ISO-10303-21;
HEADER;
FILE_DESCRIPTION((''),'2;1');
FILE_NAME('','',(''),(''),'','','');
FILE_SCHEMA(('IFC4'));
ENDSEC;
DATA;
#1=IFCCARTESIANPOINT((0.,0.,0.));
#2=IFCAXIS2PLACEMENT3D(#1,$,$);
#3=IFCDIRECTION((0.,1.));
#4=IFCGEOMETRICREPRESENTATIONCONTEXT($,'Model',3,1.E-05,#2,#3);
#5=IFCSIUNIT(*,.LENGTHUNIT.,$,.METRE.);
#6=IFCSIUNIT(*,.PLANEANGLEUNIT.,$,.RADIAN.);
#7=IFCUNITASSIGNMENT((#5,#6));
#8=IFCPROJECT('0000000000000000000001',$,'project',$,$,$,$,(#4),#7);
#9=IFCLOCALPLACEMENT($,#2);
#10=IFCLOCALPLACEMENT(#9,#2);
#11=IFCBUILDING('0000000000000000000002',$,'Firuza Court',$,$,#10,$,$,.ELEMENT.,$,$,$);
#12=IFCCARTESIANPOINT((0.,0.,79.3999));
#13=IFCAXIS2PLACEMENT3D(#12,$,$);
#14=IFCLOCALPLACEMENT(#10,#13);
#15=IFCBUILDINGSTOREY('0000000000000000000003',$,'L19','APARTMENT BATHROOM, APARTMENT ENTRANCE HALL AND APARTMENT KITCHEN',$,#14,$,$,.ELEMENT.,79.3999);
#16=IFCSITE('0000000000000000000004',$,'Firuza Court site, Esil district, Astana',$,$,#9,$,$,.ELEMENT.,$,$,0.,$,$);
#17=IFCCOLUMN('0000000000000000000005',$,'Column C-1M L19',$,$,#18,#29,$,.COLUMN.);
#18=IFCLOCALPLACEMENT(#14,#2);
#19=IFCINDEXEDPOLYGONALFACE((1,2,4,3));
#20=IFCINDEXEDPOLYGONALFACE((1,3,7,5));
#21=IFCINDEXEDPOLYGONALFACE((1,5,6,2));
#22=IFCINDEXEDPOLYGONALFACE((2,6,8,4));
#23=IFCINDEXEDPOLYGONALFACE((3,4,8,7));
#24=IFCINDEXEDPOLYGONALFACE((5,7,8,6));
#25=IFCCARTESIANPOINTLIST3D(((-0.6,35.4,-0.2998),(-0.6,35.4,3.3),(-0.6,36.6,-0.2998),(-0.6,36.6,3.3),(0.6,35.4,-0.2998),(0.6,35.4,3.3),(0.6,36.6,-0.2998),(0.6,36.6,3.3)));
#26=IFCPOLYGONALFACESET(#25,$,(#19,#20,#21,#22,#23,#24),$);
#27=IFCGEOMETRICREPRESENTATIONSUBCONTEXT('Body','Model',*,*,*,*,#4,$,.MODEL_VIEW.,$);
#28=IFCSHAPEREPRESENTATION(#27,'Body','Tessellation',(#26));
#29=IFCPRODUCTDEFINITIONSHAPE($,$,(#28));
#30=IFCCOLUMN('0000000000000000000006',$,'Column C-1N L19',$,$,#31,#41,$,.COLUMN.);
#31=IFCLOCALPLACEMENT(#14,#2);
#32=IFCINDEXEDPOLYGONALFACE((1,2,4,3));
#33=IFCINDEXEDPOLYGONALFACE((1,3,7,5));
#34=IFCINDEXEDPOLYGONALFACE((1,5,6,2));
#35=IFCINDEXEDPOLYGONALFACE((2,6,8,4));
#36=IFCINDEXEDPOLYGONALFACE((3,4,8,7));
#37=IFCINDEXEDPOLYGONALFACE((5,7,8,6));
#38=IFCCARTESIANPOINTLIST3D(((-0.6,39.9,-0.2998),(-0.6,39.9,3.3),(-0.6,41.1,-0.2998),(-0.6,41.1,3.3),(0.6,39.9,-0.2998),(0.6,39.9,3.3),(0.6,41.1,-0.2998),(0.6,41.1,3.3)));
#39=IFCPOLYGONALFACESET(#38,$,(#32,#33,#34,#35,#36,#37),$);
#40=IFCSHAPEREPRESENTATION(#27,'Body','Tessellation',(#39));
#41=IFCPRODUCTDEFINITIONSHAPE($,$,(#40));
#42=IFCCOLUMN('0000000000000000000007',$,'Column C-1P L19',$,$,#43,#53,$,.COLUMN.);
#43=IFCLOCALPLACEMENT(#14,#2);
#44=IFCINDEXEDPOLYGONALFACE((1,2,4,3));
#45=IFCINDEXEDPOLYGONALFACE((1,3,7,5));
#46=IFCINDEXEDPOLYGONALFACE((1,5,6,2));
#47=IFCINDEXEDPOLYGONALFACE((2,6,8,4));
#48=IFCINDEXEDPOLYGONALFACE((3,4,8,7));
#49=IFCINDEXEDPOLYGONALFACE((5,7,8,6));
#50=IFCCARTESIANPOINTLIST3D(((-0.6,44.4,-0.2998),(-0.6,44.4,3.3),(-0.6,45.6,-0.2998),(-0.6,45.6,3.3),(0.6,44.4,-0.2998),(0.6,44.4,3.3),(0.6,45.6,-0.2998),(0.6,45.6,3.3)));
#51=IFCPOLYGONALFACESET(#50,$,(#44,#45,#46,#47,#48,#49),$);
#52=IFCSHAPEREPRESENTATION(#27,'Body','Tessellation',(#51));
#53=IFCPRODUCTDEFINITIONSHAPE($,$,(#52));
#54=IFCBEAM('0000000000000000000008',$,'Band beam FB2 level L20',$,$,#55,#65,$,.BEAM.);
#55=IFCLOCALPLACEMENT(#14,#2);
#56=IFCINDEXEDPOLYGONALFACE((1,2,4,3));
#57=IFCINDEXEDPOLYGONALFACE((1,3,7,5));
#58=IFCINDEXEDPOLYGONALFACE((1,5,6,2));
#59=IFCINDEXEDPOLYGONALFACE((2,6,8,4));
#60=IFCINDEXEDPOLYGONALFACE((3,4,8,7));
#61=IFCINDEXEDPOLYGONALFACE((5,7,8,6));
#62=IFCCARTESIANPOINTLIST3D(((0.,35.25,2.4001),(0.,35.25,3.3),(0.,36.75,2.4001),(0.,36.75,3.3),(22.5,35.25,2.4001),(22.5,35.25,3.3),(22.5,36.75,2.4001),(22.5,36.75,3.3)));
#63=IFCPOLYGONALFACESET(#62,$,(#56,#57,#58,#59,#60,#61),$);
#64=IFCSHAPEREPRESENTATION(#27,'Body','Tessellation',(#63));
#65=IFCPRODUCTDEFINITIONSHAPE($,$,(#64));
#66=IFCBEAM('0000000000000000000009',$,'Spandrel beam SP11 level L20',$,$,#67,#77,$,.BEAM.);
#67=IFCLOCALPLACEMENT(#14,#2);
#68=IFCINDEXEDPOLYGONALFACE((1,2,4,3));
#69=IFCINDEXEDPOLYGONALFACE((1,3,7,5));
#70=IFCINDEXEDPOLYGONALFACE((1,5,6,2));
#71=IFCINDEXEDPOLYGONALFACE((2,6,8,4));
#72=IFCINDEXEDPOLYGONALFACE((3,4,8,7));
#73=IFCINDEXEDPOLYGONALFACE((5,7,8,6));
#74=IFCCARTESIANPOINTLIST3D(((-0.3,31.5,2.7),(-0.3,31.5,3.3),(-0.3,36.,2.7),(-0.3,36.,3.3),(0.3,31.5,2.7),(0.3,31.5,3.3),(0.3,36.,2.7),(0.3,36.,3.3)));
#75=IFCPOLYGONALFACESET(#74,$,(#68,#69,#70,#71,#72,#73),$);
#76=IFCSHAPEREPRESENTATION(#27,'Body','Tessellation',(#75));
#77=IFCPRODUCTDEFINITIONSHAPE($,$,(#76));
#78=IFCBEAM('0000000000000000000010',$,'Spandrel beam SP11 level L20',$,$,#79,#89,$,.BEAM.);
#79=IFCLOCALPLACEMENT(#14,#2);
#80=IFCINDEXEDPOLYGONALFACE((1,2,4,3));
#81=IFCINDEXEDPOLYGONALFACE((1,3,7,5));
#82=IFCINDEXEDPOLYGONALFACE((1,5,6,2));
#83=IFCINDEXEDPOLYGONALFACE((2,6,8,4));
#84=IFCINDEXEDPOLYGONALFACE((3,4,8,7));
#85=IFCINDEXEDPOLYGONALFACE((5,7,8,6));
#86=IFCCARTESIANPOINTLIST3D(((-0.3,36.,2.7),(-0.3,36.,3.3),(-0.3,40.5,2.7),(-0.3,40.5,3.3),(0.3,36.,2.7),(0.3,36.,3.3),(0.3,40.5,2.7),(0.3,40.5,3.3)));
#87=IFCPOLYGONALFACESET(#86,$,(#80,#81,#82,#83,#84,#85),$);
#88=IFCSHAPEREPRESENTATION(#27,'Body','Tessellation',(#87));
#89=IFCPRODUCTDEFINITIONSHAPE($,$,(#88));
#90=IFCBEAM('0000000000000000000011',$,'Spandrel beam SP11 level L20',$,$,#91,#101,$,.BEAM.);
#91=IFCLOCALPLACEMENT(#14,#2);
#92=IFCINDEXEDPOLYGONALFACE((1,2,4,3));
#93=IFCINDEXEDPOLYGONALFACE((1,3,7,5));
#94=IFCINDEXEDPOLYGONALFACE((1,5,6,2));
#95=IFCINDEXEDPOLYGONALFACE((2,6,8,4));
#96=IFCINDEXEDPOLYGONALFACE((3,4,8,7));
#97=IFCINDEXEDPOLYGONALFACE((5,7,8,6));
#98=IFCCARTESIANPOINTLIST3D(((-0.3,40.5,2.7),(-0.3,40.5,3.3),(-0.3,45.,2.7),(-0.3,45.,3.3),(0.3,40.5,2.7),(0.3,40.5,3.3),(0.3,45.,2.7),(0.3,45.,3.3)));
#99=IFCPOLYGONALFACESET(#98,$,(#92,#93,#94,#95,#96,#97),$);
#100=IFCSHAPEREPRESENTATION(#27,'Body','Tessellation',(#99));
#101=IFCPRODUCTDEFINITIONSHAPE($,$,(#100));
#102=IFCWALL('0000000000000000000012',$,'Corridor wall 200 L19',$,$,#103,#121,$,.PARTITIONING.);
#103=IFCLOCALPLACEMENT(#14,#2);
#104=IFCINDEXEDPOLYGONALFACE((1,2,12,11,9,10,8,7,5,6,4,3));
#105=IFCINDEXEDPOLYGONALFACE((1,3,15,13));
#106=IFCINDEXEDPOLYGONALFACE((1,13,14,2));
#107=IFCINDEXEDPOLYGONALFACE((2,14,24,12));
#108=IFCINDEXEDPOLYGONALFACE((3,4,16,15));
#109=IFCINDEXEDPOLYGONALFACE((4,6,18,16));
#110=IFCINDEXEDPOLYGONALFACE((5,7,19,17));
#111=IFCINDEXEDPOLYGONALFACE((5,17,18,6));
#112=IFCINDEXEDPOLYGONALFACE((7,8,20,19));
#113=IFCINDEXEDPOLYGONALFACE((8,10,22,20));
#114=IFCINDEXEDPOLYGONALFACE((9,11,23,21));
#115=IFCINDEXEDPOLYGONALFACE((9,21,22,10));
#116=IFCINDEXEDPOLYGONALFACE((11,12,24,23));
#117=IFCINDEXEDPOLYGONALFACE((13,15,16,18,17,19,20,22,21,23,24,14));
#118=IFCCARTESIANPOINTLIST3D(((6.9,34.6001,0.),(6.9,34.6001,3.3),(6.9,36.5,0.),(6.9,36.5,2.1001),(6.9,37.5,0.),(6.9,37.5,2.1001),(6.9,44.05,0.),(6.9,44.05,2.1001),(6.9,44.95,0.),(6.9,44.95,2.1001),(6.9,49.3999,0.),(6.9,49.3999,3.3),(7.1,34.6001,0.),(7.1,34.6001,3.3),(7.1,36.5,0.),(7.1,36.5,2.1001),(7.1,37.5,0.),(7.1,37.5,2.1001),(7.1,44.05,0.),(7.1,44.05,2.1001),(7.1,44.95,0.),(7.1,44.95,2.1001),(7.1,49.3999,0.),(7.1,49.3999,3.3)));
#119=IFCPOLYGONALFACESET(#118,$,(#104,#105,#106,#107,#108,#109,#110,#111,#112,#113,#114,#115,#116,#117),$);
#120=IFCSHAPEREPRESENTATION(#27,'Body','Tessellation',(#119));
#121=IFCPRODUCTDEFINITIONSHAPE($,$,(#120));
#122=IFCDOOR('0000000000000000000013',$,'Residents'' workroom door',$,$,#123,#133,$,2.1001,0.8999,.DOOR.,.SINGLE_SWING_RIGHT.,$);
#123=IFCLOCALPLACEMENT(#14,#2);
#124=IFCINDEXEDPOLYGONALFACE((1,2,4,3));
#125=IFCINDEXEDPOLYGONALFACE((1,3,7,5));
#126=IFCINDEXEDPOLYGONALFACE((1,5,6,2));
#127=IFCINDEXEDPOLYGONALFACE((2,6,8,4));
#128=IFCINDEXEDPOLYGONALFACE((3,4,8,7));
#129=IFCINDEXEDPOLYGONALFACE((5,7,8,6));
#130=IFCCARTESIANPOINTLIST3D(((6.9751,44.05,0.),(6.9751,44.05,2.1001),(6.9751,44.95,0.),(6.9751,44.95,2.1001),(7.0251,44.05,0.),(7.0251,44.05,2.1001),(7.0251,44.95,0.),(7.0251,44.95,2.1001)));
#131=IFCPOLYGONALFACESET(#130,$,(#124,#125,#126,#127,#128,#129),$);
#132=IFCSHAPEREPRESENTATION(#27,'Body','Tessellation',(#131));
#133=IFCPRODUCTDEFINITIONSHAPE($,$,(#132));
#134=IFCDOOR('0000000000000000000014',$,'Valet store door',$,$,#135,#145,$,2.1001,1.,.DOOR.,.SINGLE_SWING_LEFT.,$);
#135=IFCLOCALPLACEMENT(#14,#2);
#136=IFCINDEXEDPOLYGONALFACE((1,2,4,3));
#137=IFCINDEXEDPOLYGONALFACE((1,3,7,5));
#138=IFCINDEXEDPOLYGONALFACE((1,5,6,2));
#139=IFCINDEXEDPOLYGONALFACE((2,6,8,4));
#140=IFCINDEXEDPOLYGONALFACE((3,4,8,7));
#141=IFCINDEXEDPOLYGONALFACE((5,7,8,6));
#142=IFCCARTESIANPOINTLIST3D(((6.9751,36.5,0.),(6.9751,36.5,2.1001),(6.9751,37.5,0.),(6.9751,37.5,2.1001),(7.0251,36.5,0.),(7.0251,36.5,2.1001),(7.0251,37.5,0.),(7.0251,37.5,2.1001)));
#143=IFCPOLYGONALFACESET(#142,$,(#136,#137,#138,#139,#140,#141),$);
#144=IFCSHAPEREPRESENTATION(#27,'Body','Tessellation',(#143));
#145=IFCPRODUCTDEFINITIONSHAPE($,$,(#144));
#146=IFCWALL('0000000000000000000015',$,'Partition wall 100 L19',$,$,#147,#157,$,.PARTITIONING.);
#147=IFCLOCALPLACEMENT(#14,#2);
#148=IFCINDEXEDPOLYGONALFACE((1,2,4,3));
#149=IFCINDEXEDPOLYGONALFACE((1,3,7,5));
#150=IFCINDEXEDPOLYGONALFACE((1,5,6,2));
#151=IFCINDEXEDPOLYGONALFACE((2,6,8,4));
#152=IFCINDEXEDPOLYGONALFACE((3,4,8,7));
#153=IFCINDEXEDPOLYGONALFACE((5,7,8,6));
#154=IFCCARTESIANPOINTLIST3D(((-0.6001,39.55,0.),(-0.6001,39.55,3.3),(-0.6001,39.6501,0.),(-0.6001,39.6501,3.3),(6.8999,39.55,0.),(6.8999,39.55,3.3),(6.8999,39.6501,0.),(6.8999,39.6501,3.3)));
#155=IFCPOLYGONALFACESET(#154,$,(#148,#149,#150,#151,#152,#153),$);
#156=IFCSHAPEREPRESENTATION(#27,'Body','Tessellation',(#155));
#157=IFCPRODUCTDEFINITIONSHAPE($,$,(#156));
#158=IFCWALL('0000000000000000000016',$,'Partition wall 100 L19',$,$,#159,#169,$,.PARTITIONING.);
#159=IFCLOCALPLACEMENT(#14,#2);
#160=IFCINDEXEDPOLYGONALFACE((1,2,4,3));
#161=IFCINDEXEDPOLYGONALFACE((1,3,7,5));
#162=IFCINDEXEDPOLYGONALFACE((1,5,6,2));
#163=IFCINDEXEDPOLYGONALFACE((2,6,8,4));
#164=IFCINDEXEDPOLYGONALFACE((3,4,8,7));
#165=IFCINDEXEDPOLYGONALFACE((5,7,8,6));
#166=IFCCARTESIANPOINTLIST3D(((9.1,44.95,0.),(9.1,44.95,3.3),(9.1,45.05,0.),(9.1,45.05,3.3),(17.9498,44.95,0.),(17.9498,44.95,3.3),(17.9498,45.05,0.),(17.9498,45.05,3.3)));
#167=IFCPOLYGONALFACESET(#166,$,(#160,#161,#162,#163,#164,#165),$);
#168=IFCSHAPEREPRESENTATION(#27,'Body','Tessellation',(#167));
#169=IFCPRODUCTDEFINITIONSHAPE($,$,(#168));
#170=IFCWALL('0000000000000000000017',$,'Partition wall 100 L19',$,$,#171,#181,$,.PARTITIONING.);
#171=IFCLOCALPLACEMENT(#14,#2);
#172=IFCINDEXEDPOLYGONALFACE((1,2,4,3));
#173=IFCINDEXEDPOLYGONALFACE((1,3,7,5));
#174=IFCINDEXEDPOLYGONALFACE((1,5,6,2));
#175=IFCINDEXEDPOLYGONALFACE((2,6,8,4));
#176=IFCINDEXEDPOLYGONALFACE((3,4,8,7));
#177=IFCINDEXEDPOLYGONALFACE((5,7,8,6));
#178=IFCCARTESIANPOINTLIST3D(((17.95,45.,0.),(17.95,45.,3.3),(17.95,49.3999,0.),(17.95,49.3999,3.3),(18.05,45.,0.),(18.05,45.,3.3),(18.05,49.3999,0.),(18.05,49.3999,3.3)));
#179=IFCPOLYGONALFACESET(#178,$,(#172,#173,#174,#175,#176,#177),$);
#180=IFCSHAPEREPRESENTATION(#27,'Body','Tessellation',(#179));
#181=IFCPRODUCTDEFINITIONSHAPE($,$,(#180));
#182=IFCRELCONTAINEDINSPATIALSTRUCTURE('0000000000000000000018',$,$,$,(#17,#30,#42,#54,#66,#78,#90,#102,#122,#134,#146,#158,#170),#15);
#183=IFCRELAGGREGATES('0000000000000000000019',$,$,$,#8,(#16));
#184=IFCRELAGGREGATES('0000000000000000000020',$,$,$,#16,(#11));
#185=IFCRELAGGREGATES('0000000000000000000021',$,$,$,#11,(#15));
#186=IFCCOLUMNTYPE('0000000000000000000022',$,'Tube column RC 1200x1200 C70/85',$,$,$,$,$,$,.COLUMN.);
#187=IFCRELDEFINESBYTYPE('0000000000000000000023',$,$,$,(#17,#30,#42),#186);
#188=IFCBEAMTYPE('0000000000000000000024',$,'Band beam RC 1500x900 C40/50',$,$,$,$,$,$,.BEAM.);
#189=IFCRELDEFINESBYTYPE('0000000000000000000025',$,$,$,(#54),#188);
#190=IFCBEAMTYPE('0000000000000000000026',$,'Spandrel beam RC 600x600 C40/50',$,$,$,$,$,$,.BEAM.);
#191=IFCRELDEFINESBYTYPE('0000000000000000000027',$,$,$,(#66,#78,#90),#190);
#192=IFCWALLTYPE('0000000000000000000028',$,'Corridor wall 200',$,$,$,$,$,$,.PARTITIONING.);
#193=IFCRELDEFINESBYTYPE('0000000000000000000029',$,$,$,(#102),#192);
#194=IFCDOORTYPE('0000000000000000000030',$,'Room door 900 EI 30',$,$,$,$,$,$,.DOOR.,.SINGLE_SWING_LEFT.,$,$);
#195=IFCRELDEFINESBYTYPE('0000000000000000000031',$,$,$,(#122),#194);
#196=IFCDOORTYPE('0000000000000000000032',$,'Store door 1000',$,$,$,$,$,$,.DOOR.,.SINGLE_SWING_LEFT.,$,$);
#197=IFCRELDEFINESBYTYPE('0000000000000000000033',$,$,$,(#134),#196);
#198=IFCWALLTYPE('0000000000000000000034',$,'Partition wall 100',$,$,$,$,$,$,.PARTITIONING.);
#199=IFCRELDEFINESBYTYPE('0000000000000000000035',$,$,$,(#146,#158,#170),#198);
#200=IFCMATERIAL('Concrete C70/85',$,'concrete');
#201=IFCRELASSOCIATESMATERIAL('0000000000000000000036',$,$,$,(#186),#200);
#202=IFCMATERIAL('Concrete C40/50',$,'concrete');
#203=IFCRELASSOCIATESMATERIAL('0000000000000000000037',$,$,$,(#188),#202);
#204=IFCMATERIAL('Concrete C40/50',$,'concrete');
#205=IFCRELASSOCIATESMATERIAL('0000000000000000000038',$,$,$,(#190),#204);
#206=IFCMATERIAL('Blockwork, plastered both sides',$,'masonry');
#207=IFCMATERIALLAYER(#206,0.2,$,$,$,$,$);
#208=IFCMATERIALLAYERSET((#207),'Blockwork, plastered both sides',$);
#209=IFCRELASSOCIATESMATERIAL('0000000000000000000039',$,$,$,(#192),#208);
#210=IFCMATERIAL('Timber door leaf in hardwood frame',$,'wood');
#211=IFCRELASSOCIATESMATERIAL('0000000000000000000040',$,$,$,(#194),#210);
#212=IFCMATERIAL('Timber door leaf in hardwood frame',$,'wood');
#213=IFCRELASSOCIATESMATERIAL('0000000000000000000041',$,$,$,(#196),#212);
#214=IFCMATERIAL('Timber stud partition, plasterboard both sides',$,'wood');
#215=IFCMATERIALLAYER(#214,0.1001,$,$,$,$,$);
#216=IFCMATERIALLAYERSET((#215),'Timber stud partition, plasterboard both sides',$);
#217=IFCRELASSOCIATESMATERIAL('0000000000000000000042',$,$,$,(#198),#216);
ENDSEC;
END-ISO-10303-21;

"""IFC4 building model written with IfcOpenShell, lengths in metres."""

from ifc_helpers import new_model, si_unit, direction, frame, frame_2d, origin, origin_2d, place, context, subcontext, project, spatial, rectangle, extrude, material, layer, layer_set, material_profile, profile_set, type_object, element, fill, save


model = new_model("IFC4")

# Units and contexts
model_context = context("Model", 3, precision=1e-05, world=origin(), true_north=direction((0.0, 1.0)))
body_context = subcontext(model_context, "Body", "Model", "MODEL_VIEW")
ifc_project = project(units=[si_unit("LENGTHUNIT", "METRE"), si_unit("PLANEANGLEUNIT", "RADIAN")], contexts=[model_context])

# Site, building, storey
site_placement = place(None, origin())
site = spatial("IfcSite", under=ifc_project, at=site_placement, Name="Firuza Court site, Esil district, Astana", CompositionType="ELEMENT", RefElevation=0.0)
building_placement = place(site_placement, origin())
building = spatial("IfcBuilding", under=site, at=building_placement, Name="Firuza Court", CompositionType="ELEMENT")
storey_placement = place(building_placement, frame((0.0, 0.0, 79.3999)))
storey = spatial("IfcBuildingStorey", under=building, at=storey_placement, Name="L19", Description="APARTMENT BATHROOM, APARTMENT ENTRANCE HALL AND APARTMENT KITCHEN", CompositionType="ELEMENT", Elevation=79.3999)

# Columns
ifc_material_1 = material(Name="Concrete C70/85", Category="concrete")
ifc_material_profile_1 = material_profile(ifc_material_1, rectangle(XDim=1.2, YDim=1.2, at=origin_2d()), Name="RC 1200x1200")
ifc_profile_set_1 = profile_set([ifc_material_profile_1], Name="Concrete C70/85")
column_type = type_object("IfcColumnType", Name="Tube column RC 1200x1200 C70/85", PredefinedType="COLUMN", material=ifc_profile_set_1)
for number, where, z_axis, x_axis, name in (
    (1, (0.0, 36.0, -0.2998), (0.0, 0.0, 1.0), (1.0, 0.0, 0.0), "Column C-1M L19"),
    (2, (0.0, 40.5, -0.2998), (0.0, 0.0, 1.0), (1.0, 0.0, 0.0), "Column C-1N L19"),
    (3, (0.0, 45.0, -0.2998), (0.0, 0.0, 1.0), (1.0, 0.0, 0.0), "Column C-1P L19"),
):
    element("IfcColumn", number, at=place(storey_placement, frame(where, z_axis=z_axis, x_axis=x_axis)), inside=storey, type_object=column_type, Name=name, PredefinedType="COLUMN", context=body_context, shape_type="SweptSolid", body=[
        extrude(rectangle(XDim=1.2, YDim=1.2, at=origin_2d()), origin(), (0.0, 0.0, 1.0), 3.5999),
    ])

# Beams
ifc_material_2 = material(Name="Concrete C40/50", Category="concrete")
ifc_material_profile_2 = material_profile(ifc_material_2, rectangle(XDim=1.5, YDim=0.8999, at=origin_2d()), Name="RC 1500x900")
ifc_profile_set_2 = profile_set([ifc_material_profile_2], Name="Concrete C40/50")
beam_type_1 = type_object("IfcBeamType", Name="Band beam RC 1500x900 C40/50", PredefinedType="BEAM", material=ifc_profile_set_2)
beam_placement = place(storey_placement, frame((0.0, 36.0, 2.8501), z_axis=(1.0, 0.0, 0.0), x_axis=(0.0, 1.0, 0.0)))
element("IfcBeam", 4, at=beam_placement, inside=storey, type_object=beam_type_1, Name="Band beam FB2 level L20", PredefinedType="BEAM", context=body_context, shape_type="SweptSolid", body=[
    extrude(rectangle(XDim=1.5, YDim=0.8999, at=origin_2d()), origin(), (0.0, 0.0, 1.0), 22.5),
])
ifc_material_3 = material(Name="Concrete C40/50", Category="concrete")
ifc_material_profile_3 = material_profile(ifc_material_3, rectangle(XDim=0.6001, YDim=0.6001, at=origin_2d()), Name="RC 600x600")
ifc_profile_set_3 = profile_set([ifc_material_profile_3], Name="Concrete C40/50")
beam_type_2 = type_object("IfcBeamType", Name="Spandrel beam RC 600x600 C40/50", PredefinedType="BEAM", material=ifc_profile_set_3)
for number, where, z_axis, x_axis, name in (
    (5, (0.0, 36.0, 3.0), (0.0, -1.0, 0.0), (1.0, 0.0, 0.0), "Spandrel beam SP11 level L20"),
    (6, (0.0, 40.5, 3.0), (0.0, -1.0, 0.0), (1.0, 0.0, 0.0), "Spandrel beam SP11 level L20"),
    (7, (0.0, 45.0, 3.0), (0.0, -1.0, 0.0), (1.0, 0.0, 0.0), "Spandrel beam SP11 level L20"),
):
    element("IfcBeam", number, at=place(storey_placement, frame(where, z_axis=z_axis, x_axis=x_axis)), inside=storey, type_object=beam_type_2, Name=name, PredefinedType="BEAM", context=body_context, shape_type="SweptSolid", body=[
        extrude(rectangle(XDim=0.6001, YDim=0.6001, at=origin_2d()), origin(), (0.0, 0.0, 1.0), 4.5),
    ])

# Wall, openings, doors
ifc_material_4 = material(Name="Blockwork, plastered both sides", Category="masonry")
ifc_layer_1 = layer(ifc_material_4, 0.2)
ifc_layer_set_1 = layer_set([ifc_layer_1], Name="Blockwork, plastered both sides")
wall_type_1 = type_object("IfcWallType", Name="Corridor wall 200", PredefinedType="PARTITIONING", material=ifc_layer_set_1)
wall_1_placement = place(storey_placement, frame((7.0, 34.6001, 0.0), z_axis=(0.0, 0.0, 1.0), x_axis=(0.0, 1.0, 0.0)))
wall_1 = element("IfcWall", 8, at=wall_1_placement, inside=storey, type_object=wall_type_1, Name="Corridor wall 200 L19", PredefinedType="PARTITIONING", context=body_context, shape_type="SweptSolid", body=[
    extrude(rectangle(XDim=14.7998, YDim=0.2, at=frame_2d((7.3999, 0.0))), origin(), (0.0, 0.0, 1.0), 3.3),
])
opening_1_placement = place(wall_1_placement, frame((1.8999, 0.0, 0.0)))
opening_1 = element("IfcOpeningElement", 9, at=opening_1_placement, cuts=wall_1, PredefinedType="OPENING", context=body_context, shape_type="SweptSolid", body=[
    extrude(rectangle(XDim=1.0, YDim=2.1001, at=frame_2d((0.5, 1.05))), frame((0.0, 0.1118, 0.0), z_axis=(0.0, -1.0, 0.0), x_axis=(1.0, 0.0, 0.0)), (0.0, 0.0, 1.0), 0.2239),
])
opening_2_placement = place(wall_1_placement, frame((9.45, 0.0, 0.0)))
opening_2 = element("IfcOpeningElement", 10, at=opening_2_placement, cuts=wall_1, PredefinedType="OPENING", context=body_context, shape_type="SweptSolid", body=[
    extrude(rectangle(XDim=0.8999, YDim=2.1001, at=frame_2d((0.45, 1.05))), frame((0.0, 0.1118, 0.0), z_axis=(0.0, -1.0, 0.0), x_axis=(1.0, 0.0, 0.0)), (0.0, 0.0, 1.0), 0.2239),
])
ifc_material_5 = material(Name="Timber door leaf in hardwood frame", Category="wood")
door_type_1 = type_object("IfcDoorType", Name="Room door 900 EI 30", OperationType="SINGLE_SWING_LEFT", PredefinedType="DOOR", material=ifc_material_5)
door_1_placement = place(opening_2_placement, origin())
door_1 = element("IfcDoor", 11, at=door_1_placement, inside=storey, type_object=door_type_1, Name="Residents' workroom door", OperationType="SINGLE_SWING_RIGHT", OverallHeight=2.1001, OverallWidth=0.8999, PredefinedType="DOOR", context=body_context, shape_type="SweptSolid", body=[
    extrude(rectangle(XDim=0.8999, YDim=2.1001, at=frame_2d((0.45, 1.05))), frame((0.0, 0.0249, 0.0), z_axis=(0.0, -1.0, 0.0), x_axis=(1.0, 0.0, 0.0)), (0.0, 0.0, 1.0), 0.05),
])
fill(opening_2, door_1)
ifc_material_6 = material(Name="Timber door leaf in hardwood frame", Category="wood")
door_type_2 = type_object("IfcDoorType", Name="Store door 1000", OperationType="SINGLE_SWING_LEFT", PredefinedType="DOOR", material=ifc_material_6)
door_2_placement = place(opening_1_placement, origin())
door_2 = element("IfcDoor", 12, at=door_2_placement, inside=storey, type_object=door_type_2, Name="Valet store door", OperationType="SINGLE_SWING_LEFT", OverallHeight=2.1001, OverallWidth=1.0, PredefinedType="DOOR", context=body_context, shape_type="SweptSolid", body=[
    extrude(rectangle(XDim=1.0, YDim=2.1001, at=frame_2d((0.5, 1.05))), frame((0.0, 0.0249, 0.0), z_axis=(0.0, -1.0, 0.0), x_axis=(1.0, 0.0, 0.0)), (0.0, 0.0, 1.0), 0.05),
])
fill(opening_1, door_2)

# Walls
ifc_material_7 = material(Name="Timber stud partition, plasterboard both sides", Category="wood")
ifc_layer_2 = layer(ifc_material_7, 0.1001)
ifc_layer_set_2 = layer_set([ifc_layer_2], Name="Timber stud partition, plasterboard both sides")
wall_type_2 = type_object("IfcWallType", Name="Partition wall 100", PredefinedType="PARTITIONING", material=ifc_layer_set_2)
wall_2_placement = place(storey_placement, frame((-0.6001, 39.6001, 0.0), z_axis=(0.0, 0.0, 1.0), x_axis=(1.0, 0.0, 0.0)))
element("IfcWall", 13, at=wall_2_placement, inside=storey, type_object=wall_type_2, Name="Partition wall 100 L19", PredefinedType="PARTITIONING", context=body_context, shape_type="SweptSolid", body=[
    extrude(rectangle(XDim=7.5, YDim=0.1001, at=frame_2d((3.75, 0.0))), origin(), (0.0, 0.0, 1.0), 3.3),
])
wall_3_placement = place(storey_placement, frame((9.1001, 45.0, 0.0), z_axis=(0.0, 0.0, 1.0), x_axis=(1.0, 0.0, 0.0)))
element("IfcWall", 14, at=wall_3_placement, inside=storey, type_object=wall_type_2, Name="Partition wall 100 L19", PredefinedType="PARTITIONING", context=body_context, shape_type="SweptSolid", body=[
    extrude(rectangle(XDim=8.8499, YDim=0.1001, at=frame_2d((4.4248, 0.0))), origin(), (0.0, 0.0, 1.0), 3.3),
])
wall_4_placement = place(storey_placement, frame((18.0, 45.0, 0.0), z_axis=(0.0, 0.0, 1.0), x_axis=(0.0, 1.0, 0.0)))
element("IfcWall", 15, at=wall_4_placement, inside=storey, type_object=wall_type_2, Name="Partition wall 100 L19", PredefinedType="PARTITIONING", context=body_context, shape_type="SweptSolid", body=[
    extrude(rectangle(XDim=4.3999, YDim=0.1001, at=frame_2d((2.2, 0.0))), origin(), (0.0, 0.0, 1.0), 3.3),
])

save(model, "model.ifc")
